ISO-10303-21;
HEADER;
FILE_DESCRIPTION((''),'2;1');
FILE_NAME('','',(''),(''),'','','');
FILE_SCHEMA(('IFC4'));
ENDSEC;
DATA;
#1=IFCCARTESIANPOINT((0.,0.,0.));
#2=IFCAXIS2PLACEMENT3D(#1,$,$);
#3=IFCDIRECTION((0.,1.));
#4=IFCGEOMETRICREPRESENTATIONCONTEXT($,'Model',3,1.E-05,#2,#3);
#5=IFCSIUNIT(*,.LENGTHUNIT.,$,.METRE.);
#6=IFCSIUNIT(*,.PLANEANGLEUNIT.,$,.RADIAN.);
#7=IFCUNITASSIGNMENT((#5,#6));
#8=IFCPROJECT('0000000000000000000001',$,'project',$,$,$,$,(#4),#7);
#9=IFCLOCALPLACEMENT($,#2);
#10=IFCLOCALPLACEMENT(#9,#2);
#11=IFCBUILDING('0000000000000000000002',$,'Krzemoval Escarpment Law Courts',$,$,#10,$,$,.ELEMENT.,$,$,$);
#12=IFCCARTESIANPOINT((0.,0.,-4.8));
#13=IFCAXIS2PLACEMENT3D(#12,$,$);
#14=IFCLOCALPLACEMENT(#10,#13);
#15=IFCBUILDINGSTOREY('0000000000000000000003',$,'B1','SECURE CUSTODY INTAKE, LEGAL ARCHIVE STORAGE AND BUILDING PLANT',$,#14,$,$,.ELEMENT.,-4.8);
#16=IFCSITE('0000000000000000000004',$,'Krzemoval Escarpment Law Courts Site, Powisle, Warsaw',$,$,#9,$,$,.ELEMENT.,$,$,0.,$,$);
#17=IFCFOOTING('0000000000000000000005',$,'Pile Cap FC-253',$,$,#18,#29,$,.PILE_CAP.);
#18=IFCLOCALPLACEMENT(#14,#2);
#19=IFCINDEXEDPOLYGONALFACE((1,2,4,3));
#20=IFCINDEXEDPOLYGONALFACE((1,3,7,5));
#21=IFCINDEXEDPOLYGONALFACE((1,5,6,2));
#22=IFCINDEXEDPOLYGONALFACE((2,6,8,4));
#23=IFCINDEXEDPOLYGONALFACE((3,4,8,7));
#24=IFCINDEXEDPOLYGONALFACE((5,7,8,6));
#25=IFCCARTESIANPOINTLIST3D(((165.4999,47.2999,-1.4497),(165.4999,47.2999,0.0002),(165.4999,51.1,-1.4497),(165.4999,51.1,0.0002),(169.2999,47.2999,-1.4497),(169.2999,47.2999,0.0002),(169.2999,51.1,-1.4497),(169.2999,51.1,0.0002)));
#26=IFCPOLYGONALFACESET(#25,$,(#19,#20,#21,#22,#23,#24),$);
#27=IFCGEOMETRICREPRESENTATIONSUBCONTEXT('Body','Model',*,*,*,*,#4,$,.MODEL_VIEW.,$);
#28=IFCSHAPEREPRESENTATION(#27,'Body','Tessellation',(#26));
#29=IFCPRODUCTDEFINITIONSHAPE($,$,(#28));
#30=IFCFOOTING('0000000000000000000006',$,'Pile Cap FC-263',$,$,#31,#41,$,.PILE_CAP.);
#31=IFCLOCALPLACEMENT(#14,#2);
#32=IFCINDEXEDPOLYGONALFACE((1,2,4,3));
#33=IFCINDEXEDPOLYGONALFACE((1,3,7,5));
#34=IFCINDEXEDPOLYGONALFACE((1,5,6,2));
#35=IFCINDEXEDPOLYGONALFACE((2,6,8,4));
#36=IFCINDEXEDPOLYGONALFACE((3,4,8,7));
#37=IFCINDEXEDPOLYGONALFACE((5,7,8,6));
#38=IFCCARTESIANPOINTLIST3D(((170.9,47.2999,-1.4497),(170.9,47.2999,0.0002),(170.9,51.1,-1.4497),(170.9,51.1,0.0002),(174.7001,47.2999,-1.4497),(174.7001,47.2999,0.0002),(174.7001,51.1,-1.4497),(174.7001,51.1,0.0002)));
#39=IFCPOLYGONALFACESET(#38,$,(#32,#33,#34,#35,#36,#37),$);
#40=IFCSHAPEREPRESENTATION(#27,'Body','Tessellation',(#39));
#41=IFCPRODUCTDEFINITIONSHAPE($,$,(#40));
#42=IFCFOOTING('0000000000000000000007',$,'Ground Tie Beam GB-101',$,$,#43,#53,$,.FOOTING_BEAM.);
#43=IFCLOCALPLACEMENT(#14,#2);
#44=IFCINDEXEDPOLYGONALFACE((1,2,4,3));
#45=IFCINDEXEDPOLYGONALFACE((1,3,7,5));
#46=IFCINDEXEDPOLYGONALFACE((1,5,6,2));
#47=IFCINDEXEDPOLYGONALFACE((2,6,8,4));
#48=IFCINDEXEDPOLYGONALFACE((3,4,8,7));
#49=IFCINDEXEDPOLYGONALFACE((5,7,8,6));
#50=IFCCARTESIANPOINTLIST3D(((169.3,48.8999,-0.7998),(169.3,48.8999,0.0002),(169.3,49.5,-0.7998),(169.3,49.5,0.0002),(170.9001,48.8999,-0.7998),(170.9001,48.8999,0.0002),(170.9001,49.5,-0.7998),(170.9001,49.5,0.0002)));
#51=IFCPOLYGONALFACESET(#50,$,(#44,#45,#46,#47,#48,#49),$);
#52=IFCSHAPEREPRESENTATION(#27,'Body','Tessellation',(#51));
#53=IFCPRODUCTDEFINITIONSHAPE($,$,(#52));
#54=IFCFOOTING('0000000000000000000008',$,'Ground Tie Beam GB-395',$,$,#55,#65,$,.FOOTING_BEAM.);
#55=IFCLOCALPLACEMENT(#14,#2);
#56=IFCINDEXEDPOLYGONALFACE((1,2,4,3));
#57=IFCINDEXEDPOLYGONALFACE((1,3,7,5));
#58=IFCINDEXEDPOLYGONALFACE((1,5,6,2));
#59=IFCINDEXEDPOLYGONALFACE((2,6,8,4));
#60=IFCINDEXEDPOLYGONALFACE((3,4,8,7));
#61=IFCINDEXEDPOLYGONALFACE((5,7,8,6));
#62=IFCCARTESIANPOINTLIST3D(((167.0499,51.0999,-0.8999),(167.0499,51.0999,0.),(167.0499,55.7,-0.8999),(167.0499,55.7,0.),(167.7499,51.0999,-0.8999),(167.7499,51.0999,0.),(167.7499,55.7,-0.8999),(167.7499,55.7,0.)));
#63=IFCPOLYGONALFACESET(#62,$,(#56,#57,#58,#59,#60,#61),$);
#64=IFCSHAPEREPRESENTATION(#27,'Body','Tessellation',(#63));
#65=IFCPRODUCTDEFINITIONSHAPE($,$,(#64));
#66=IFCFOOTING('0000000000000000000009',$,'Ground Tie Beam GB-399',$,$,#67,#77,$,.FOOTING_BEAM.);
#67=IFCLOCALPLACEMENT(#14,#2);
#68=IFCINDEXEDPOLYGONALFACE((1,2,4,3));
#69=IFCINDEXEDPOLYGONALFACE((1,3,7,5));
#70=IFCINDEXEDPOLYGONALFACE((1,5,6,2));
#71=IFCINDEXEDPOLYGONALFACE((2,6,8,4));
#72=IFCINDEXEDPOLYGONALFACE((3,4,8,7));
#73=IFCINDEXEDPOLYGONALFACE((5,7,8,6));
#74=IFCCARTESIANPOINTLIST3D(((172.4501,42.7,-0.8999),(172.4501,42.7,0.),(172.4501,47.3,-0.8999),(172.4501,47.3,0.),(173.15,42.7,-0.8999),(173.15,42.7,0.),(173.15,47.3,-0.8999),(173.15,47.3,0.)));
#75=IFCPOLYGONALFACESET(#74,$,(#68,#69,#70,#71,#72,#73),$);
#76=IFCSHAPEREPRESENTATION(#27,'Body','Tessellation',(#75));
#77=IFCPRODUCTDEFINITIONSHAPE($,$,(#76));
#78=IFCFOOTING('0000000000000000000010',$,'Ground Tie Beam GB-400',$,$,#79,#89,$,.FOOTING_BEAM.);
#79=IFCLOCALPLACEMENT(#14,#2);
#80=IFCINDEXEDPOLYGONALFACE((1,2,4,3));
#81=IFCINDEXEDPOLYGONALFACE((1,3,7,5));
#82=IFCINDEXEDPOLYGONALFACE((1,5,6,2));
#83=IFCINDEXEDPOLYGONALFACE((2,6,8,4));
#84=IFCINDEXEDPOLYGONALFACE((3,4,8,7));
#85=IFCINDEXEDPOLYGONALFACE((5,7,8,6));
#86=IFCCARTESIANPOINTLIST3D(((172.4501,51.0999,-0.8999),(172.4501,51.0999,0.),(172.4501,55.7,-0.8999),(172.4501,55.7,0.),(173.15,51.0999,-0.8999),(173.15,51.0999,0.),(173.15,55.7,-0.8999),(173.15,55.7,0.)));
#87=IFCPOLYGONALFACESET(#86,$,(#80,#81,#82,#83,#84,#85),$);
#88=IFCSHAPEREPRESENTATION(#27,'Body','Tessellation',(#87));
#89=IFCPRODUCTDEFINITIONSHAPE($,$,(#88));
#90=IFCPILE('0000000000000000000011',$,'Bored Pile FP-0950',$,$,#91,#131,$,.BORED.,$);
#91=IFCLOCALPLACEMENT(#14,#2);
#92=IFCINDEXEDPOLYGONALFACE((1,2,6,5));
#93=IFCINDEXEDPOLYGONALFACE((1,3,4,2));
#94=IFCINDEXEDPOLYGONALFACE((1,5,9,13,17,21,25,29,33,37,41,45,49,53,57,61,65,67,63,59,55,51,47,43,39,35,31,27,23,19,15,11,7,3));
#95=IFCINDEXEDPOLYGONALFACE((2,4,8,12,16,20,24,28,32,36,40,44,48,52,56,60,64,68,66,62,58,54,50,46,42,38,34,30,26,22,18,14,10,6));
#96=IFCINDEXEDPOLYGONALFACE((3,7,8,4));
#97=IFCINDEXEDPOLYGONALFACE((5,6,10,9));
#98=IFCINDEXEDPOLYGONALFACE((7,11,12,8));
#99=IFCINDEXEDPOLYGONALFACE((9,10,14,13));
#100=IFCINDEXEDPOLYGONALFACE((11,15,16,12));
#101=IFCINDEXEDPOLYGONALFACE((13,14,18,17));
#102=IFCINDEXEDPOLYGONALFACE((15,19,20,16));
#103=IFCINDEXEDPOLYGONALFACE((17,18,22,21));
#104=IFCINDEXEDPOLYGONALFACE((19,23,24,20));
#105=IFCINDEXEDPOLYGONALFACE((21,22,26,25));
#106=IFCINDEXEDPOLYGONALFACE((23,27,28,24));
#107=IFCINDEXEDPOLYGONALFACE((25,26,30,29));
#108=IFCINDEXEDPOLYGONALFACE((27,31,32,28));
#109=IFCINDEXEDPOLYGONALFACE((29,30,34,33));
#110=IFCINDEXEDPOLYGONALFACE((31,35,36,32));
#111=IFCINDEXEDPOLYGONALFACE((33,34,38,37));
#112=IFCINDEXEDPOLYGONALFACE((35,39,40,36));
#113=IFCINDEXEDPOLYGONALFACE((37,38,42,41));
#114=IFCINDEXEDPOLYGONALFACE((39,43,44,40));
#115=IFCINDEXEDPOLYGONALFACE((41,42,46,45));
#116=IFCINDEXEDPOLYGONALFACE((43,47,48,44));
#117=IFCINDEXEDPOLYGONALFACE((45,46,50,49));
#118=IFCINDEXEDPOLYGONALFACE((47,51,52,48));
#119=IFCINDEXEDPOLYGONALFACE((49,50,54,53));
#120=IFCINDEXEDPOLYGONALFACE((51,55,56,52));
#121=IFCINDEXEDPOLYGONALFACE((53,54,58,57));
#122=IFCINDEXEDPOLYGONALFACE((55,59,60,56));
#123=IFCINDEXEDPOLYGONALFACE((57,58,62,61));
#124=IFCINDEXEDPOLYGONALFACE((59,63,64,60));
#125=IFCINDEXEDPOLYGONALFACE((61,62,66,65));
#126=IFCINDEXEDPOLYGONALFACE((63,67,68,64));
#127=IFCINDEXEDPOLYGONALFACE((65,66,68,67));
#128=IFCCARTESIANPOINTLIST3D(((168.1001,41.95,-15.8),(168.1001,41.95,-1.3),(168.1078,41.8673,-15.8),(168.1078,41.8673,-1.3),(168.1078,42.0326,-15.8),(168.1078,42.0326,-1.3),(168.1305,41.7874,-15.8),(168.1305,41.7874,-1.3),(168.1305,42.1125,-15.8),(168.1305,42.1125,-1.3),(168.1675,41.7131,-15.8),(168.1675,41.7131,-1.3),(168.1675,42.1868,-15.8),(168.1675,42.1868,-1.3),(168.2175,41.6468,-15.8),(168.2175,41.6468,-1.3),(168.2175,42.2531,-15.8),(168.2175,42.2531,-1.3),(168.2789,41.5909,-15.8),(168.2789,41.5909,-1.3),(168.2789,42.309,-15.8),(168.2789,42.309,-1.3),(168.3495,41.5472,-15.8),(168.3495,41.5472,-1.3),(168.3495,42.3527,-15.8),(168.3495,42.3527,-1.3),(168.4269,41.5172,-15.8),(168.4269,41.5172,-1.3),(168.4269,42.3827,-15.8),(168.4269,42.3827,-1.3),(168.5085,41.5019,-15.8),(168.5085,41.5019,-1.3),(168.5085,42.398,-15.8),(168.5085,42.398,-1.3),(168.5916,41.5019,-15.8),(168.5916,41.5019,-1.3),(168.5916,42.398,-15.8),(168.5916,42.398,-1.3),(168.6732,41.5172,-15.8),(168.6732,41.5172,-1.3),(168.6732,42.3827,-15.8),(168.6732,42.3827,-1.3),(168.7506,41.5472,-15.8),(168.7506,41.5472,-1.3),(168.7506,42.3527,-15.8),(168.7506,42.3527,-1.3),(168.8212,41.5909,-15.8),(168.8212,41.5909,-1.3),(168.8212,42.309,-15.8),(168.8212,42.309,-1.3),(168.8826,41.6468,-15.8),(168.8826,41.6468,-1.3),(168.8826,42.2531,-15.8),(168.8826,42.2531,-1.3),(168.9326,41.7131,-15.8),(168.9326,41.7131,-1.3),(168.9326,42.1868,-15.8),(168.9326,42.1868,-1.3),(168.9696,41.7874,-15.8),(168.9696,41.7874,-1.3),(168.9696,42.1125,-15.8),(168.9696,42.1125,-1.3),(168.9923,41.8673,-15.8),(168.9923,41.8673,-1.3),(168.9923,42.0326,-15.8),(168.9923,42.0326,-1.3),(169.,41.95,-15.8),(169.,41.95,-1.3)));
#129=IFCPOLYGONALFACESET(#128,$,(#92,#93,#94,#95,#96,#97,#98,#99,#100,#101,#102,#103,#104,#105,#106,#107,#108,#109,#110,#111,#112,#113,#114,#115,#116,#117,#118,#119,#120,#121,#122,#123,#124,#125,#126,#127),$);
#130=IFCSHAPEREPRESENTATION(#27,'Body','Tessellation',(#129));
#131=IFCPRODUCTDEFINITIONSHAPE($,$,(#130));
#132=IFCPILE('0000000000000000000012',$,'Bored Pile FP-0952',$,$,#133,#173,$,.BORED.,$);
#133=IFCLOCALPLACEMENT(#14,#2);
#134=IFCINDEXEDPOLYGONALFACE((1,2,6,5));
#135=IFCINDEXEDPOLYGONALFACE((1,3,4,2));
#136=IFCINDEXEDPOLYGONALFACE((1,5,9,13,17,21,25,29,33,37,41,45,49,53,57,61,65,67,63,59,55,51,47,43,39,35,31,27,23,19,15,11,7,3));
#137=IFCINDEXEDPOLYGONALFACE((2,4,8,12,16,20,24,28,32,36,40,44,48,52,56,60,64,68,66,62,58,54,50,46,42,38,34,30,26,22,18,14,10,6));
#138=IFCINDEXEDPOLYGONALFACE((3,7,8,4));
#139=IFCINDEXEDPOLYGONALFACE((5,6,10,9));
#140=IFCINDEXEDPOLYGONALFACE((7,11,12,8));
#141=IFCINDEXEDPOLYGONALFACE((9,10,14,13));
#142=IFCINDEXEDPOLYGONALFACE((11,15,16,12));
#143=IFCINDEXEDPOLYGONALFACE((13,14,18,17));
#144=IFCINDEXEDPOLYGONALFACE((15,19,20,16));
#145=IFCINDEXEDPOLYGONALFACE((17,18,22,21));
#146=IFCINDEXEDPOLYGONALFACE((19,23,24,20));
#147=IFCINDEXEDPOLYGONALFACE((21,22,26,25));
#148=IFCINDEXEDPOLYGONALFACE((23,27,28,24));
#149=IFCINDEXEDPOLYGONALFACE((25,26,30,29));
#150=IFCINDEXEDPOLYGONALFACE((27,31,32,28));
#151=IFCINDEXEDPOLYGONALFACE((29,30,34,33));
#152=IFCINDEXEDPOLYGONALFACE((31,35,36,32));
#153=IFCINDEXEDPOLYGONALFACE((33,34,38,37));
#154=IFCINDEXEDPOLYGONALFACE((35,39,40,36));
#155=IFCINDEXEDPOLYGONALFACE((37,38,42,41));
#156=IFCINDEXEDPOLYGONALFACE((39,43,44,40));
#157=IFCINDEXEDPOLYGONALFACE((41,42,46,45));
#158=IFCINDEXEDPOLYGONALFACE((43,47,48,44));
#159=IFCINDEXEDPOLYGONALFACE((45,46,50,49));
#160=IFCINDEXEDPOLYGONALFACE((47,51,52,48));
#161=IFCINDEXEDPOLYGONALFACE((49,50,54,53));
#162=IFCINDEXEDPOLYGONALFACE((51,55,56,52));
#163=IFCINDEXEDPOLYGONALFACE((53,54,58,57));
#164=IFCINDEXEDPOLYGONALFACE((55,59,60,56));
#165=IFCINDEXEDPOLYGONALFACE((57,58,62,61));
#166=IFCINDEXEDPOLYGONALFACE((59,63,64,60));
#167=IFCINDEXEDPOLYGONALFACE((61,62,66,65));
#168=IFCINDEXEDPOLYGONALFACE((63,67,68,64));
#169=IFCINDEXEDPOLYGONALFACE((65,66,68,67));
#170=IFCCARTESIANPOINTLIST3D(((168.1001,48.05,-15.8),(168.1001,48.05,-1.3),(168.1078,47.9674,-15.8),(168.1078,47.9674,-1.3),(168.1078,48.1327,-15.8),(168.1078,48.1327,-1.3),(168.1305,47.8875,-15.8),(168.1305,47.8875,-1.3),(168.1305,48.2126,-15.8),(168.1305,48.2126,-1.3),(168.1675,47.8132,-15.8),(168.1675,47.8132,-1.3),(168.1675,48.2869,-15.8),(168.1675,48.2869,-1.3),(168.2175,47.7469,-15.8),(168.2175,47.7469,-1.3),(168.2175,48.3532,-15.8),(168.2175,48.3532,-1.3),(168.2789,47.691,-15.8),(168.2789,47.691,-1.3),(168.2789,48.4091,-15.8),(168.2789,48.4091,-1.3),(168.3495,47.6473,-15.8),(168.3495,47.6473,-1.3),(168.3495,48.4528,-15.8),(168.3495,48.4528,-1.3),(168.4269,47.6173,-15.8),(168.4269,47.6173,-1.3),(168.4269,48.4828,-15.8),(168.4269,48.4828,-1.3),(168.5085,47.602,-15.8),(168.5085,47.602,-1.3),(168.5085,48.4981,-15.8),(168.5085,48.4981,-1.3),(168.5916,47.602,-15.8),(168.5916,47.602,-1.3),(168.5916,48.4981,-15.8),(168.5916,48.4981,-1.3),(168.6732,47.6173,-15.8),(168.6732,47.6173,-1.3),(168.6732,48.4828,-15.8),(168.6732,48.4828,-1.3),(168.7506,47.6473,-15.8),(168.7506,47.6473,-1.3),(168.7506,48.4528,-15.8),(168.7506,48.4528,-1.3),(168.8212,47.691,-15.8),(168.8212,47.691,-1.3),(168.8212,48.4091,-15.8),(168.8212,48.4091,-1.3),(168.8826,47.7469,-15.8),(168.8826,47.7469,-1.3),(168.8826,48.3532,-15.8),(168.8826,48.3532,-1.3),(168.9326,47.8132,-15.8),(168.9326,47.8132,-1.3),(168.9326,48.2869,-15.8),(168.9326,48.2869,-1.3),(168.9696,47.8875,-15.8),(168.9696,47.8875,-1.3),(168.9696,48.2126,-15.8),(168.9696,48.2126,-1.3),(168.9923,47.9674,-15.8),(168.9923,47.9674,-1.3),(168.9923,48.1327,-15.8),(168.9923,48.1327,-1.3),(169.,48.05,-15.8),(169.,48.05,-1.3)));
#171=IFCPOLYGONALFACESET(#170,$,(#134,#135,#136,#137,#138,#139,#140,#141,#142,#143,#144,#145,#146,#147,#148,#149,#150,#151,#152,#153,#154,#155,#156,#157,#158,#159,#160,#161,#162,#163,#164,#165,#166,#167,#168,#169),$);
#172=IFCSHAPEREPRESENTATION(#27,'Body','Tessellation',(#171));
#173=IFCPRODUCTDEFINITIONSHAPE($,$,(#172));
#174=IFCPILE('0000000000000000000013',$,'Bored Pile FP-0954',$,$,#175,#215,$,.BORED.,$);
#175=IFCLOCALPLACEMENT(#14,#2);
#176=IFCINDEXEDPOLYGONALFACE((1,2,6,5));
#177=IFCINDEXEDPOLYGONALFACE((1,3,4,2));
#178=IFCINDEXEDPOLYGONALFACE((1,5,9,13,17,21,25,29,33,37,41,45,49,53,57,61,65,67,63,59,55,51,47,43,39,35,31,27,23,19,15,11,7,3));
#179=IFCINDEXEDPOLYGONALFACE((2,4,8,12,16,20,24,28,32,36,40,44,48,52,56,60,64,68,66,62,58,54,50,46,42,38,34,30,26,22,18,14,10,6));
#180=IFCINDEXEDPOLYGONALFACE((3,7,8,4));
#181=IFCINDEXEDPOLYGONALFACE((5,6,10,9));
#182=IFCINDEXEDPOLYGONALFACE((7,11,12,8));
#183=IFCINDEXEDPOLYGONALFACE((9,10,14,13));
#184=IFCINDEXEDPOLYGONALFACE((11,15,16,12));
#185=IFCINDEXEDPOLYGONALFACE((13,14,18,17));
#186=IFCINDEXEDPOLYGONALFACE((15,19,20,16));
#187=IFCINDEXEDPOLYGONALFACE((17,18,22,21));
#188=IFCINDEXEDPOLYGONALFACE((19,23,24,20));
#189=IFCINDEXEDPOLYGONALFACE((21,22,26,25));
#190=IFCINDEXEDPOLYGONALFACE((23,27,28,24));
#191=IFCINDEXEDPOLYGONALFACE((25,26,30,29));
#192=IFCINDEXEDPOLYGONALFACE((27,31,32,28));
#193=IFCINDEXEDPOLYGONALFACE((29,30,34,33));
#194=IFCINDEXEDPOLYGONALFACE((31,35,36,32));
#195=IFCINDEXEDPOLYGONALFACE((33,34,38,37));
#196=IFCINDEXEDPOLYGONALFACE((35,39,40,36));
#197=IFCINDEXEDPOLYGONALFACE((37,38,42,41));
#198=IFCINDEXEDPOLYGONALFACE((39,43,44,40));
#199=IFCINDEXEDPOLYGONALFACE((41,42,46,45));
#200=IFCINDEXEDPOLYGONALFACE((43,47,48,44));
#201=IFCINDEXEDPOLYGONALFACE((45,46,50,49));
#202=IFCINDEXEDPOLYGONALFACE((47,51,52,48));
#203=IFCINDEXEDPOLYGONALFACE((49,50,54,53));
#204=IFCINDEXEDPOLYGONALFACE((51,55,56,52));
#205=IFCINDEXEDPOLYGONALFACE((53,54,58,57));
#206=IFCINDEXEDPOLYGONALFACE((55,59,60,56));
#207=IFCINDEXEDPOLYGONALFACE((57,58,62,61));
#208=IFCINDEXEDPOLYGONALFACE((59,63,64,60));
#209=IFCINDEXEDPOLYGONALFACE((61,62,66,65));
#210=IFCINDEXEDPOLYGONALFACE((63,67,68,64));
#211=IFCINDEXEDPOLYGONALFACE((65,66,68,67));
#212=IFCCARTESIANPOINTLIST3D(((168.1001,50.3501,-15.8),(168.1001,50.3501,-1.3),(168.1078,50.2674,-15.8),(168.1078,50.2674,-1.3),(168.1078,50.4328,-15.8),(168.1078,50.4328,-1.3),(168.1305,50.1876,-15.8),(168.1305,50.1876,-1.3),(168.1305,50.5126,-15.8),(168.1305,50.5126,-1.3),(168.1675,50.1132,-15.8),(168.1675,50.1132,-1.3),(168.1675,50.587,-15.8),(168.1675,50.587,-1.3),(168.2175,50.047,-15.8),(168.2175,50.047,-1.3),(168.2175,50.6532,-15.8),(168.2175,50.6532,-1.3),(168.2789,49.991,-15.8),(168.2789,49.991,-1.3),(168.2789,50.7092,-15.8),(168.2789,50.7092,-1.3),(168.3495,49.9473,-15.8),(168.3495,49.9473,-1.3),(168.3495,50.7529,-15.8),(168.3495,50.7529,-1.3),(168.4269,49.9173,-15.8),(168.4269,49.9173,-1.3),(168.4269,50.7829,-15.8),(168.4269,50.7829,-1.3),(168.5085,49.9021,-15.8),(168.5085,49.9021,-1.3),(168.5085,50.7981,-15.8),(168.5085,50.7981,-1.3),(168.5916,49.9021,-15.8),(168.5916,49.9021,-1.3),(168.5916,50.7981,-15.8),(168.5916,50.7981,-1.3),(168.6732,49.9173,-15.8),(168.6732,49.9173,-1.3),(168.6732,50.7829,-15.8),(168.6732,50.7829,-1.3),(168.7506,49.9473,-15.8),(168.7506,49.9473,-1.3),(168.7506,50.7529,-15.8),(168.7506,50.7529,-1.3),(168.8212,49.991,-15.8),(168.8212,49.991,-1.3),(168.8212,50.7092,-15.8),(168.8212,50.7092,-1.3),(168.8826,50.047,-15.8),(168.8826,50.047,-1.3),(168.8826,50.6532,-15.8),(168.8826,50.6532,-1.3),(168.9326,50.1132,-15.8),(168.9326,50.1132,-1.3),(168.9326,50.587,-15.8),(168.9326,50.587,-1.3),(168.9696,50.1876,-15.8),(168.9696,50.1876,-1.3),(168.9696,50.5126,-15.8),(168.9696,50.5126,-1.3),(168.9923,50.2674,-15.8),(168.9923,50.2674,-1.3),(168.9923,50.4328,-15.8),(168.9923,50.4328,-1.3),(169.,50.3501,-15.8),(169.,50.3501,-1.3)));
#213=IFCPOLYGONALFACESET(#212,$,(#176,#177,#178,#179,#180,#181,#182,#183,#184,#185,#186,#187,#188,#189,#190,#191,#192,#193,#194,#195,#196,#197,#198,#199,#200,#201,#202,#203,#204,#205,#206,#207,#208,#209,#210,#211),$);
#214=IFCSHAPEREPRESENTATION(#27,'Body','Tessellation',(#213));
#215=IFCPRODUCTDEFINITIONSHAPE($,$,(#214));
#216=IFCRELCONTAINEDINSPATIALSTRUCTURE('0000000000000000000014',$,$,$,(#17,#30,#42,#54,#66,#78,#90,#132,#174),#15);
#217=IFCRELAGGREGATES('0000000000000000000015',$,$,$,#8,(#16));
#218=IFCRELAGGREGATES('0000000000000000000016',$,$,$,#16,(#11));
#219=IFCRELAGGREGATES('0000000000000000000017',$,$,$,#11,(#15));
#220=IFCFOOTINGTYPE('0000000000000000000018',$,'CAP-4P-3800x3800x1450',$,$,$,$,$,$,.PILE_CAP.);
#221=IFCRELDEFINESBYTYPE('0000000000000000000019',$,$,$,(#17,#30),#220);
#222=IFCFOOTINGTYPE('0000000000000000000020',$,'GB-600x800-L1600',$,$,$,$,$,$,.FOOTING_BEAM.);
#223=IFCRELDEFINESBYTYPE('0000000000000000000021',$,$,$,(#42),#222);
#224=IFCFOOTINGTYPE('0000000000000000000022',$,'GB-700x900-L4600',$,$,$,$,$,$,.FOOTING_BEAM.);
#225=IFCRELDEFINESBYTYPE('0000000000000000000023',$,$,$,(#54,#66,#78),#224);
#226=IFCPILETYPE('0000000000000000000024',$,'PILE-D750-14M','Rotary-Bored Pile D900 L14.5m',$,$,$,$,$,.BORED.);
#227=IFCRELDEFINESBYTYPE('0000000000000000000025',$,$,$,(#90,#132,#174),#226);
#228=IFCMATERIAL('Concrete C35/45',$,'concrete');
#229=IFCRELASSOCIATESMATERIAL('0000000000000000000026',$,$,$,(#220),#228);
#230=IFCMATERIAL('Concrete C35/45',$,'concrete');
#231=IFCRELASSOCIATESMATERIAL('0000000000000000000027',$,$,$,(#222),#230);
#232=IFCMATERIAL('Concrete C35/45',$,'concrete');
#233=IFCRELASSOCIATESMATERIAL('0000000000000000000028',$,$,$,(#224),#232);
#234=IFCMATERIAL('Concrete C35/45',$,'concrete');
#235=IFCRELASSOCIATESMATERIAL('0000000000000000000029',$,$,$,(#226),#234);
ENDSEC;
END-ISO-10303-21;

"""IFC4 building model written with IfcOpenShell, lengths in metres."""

from ifc_helpers import new_model, si_unit, direction, frame, origin, origin_2d, place, context, subcontext, project, spatial, rectangle, circle, extrude, material, material_profile, profile_set, type_object, element, save


model = new_model("IFC4")

# Units and contexts
model_context = context("Model", 3, precision=1e-05, world=origin(), true_north=direction((0.0, 1.0)))
body_context = subcontext(model_context, "Body", "Model", "MODEL_VIEW")
ifc_project = project(units=[si_unit("LENGTHUNIT", "METRE"), si_unit("PLANEANGLEUNIT", "RADIAN")], contexts=[model_context])

# Site, building, storey
site_placement = place(None, origin())
site = spatial("IfcSite", under=ifc_project, at=site_placement, Name="Krzemoval Escarpment Law Courts Site, Powisle, Warsaw", CompositionType="ELEMENT", RefElevation=0.0)
building_placement = place(site_placement, origin())
building = spatial("IfcBuilding", under=site, at=building_placement, Name="Krzemoval Escarpment Law Courts", CompositionType="ELEMENT")
storey_placement = place(building_placement, frame((0.0, 0.0, -4.8)))
storey = spatial("IfcBuildingStorey", under=building, at=storey_placement, Name="B1", Description="SECURE CUSTODY INTAKE, LEGAL ARCHIVE STORAGE AND BUILDING PLANT", CompositionType="ELEMENT", Elevation=-4.8)

# Footings
ifc_material_1 = material(Name="Concrete C35/45", Category="concrete")
footing_type_1 = type_object("IfcFootingType", Name="CAP-4P-3800x3800x1450", PredefinedType="PILE_CAP", material=ifc_material_1)
for number, where, z_axis, x_axis, name in (
    (1, (167.3999, 49.2, -1.4497), (0.0, 0.0, 1.0), (1.0, 0.0, 0.0), "Pile Cap FC-253"),
    (2, (172.8, 49.2, -1.4497), (0.0, 0.0, 1.0), (1.0, 0.0, 0.0), "Pile Cap FC-263"),
):
    element("IfcFooting", number, at=place(storey_placement, frame(where, z_axis=z_axis, x_axis=x_axis)), inside=storey, type_object=footing_type_1, Name=name, PredefinedType="PILE_CAP", context=body_context, shape_type="SweptSolid", body=[
        extrude(rectangle(XDim=3.8, YDim=3.8, at=origin_2d()), origin(), (0.0, 0.0, 1.0), 1.45),
    ])
ifc_material_2 = material(Name="Concrete C35/45", Category="concrete")
footing_type_2 = type_object("IfcFootingType", Name="GB-600x800-L1600", PredefinedType="FOOTING_BEAM", material=ifc_material_2)
footing_1_placement = place(storey_placement, frame((170.1001, 49.2, -0.7998), z_axis=(0.0, 0.0, 1.0), x_axis=(1.0, 0.0, 0.0)))
element("IfcFooting", 3, at=footing_1_placement, inside=storey, type_object=footing_type_2, Name="Ground Tie Beam GB-101", PredefinedType="FOOTING_BEAM", context=body_context, shape_type="SweptSolid", body=[
    extrude(rectangle(XDim=1.6001, YDim=0.6001, at=origin_2d()), origin(), (0.0, 0.0, 1.0), 0.8),
])
ifc_material_3 = material(Name="Concrete C35/45", Category="concrete")
footing_type_3 = type_object("IfcFootingType", Name="GB-700x900-L4600", PredefinedType="FOOTING_BEAM", material=ifc_material_3)
for number, where, z_axis, x_axis, name in (
    (4, (167.3999, 53.3999, -0.8999), (0.0, 0.0, 1.0), (0.0, 1.0, 0.0), "Ground Tie Beam GB-395"),
    (5, (172.8, 45.0, -0.8999), (0.0, 0.0, 1.0), (0.0, 1.0, 0.0), "Ground Tie Beam GB-399"),
    (6, (172.8, 53.3999, -0.8999), (0.0, 0.0, 1.0), (0.0, 1.0, 0.0), "Ground Tie Beam GB-400"),
):
    element("IfcFooting", number, at=place(storey_placement, frame(where, z_axis=z_axis, x_axis=x_axis)), inside=storey, type_object=footing_type_3, Name=name, PredefinedType="FOOTING_BEAM", context=body_context, shape_type="SweptSolid", body=[
        extrude(rectangle(XDim=4.6001, YDim=0.7, at=origin_2d()), origin(), (0.0, 0.0, 1.0), 0.8999),
    ])

# Piles
ifc_material_4 = material(Name="Concrete C35/45", Category="concrete")
ifc_material_profile_1 = material_profile(ifc_material_4, circle(Radius=0.45, at=origin_2d()), Name="PILE D900")
ifc_profile_set_1 = profile_set([ifc_material_profile_1], Name="Concrete C35/45")
pile_type = type_object("IfcPileType", Name="PILE-D750-14M", Description="Rotary-Bored Pile D900 L14.5m", PredefinedType="BORED", material=ifc_profile_set_1)
for number, where, z_axis, x_axis, name in (
    (7, (168.55, 41.95, -1.3), (0.0, 0.0, -1.0), (1.0, 0.0, 0.0), "Bored Pile FP-0950"),
    (8, (168.55, 48.05, -1.3), (0.0, 0.0, -1.0), (1.0, 0.0, 0.0), "Bored Pile FP-0952"),
    (9, (168.55, 50.3501, -1.3), (0.0, 0.0, -1.0), (1.0, 0.0, 0.0), "Bored Pile FP-0954"),
):
    element("IfcPile", number, at=place(storey_placement, frame(where, z_axis=z_axis, x_axis=x_axis)), inside=storey, type_object=pile_type, Name=name, PredefinedType="BORED", context=body_context, shape_type="SweptSolid", body=[
        extrude(circle(Radius=0.45, at=origin_2d()), origin(), (0.0, 0.0, 1.0), 14.5),
    ])

save(model, "model.ifc")
